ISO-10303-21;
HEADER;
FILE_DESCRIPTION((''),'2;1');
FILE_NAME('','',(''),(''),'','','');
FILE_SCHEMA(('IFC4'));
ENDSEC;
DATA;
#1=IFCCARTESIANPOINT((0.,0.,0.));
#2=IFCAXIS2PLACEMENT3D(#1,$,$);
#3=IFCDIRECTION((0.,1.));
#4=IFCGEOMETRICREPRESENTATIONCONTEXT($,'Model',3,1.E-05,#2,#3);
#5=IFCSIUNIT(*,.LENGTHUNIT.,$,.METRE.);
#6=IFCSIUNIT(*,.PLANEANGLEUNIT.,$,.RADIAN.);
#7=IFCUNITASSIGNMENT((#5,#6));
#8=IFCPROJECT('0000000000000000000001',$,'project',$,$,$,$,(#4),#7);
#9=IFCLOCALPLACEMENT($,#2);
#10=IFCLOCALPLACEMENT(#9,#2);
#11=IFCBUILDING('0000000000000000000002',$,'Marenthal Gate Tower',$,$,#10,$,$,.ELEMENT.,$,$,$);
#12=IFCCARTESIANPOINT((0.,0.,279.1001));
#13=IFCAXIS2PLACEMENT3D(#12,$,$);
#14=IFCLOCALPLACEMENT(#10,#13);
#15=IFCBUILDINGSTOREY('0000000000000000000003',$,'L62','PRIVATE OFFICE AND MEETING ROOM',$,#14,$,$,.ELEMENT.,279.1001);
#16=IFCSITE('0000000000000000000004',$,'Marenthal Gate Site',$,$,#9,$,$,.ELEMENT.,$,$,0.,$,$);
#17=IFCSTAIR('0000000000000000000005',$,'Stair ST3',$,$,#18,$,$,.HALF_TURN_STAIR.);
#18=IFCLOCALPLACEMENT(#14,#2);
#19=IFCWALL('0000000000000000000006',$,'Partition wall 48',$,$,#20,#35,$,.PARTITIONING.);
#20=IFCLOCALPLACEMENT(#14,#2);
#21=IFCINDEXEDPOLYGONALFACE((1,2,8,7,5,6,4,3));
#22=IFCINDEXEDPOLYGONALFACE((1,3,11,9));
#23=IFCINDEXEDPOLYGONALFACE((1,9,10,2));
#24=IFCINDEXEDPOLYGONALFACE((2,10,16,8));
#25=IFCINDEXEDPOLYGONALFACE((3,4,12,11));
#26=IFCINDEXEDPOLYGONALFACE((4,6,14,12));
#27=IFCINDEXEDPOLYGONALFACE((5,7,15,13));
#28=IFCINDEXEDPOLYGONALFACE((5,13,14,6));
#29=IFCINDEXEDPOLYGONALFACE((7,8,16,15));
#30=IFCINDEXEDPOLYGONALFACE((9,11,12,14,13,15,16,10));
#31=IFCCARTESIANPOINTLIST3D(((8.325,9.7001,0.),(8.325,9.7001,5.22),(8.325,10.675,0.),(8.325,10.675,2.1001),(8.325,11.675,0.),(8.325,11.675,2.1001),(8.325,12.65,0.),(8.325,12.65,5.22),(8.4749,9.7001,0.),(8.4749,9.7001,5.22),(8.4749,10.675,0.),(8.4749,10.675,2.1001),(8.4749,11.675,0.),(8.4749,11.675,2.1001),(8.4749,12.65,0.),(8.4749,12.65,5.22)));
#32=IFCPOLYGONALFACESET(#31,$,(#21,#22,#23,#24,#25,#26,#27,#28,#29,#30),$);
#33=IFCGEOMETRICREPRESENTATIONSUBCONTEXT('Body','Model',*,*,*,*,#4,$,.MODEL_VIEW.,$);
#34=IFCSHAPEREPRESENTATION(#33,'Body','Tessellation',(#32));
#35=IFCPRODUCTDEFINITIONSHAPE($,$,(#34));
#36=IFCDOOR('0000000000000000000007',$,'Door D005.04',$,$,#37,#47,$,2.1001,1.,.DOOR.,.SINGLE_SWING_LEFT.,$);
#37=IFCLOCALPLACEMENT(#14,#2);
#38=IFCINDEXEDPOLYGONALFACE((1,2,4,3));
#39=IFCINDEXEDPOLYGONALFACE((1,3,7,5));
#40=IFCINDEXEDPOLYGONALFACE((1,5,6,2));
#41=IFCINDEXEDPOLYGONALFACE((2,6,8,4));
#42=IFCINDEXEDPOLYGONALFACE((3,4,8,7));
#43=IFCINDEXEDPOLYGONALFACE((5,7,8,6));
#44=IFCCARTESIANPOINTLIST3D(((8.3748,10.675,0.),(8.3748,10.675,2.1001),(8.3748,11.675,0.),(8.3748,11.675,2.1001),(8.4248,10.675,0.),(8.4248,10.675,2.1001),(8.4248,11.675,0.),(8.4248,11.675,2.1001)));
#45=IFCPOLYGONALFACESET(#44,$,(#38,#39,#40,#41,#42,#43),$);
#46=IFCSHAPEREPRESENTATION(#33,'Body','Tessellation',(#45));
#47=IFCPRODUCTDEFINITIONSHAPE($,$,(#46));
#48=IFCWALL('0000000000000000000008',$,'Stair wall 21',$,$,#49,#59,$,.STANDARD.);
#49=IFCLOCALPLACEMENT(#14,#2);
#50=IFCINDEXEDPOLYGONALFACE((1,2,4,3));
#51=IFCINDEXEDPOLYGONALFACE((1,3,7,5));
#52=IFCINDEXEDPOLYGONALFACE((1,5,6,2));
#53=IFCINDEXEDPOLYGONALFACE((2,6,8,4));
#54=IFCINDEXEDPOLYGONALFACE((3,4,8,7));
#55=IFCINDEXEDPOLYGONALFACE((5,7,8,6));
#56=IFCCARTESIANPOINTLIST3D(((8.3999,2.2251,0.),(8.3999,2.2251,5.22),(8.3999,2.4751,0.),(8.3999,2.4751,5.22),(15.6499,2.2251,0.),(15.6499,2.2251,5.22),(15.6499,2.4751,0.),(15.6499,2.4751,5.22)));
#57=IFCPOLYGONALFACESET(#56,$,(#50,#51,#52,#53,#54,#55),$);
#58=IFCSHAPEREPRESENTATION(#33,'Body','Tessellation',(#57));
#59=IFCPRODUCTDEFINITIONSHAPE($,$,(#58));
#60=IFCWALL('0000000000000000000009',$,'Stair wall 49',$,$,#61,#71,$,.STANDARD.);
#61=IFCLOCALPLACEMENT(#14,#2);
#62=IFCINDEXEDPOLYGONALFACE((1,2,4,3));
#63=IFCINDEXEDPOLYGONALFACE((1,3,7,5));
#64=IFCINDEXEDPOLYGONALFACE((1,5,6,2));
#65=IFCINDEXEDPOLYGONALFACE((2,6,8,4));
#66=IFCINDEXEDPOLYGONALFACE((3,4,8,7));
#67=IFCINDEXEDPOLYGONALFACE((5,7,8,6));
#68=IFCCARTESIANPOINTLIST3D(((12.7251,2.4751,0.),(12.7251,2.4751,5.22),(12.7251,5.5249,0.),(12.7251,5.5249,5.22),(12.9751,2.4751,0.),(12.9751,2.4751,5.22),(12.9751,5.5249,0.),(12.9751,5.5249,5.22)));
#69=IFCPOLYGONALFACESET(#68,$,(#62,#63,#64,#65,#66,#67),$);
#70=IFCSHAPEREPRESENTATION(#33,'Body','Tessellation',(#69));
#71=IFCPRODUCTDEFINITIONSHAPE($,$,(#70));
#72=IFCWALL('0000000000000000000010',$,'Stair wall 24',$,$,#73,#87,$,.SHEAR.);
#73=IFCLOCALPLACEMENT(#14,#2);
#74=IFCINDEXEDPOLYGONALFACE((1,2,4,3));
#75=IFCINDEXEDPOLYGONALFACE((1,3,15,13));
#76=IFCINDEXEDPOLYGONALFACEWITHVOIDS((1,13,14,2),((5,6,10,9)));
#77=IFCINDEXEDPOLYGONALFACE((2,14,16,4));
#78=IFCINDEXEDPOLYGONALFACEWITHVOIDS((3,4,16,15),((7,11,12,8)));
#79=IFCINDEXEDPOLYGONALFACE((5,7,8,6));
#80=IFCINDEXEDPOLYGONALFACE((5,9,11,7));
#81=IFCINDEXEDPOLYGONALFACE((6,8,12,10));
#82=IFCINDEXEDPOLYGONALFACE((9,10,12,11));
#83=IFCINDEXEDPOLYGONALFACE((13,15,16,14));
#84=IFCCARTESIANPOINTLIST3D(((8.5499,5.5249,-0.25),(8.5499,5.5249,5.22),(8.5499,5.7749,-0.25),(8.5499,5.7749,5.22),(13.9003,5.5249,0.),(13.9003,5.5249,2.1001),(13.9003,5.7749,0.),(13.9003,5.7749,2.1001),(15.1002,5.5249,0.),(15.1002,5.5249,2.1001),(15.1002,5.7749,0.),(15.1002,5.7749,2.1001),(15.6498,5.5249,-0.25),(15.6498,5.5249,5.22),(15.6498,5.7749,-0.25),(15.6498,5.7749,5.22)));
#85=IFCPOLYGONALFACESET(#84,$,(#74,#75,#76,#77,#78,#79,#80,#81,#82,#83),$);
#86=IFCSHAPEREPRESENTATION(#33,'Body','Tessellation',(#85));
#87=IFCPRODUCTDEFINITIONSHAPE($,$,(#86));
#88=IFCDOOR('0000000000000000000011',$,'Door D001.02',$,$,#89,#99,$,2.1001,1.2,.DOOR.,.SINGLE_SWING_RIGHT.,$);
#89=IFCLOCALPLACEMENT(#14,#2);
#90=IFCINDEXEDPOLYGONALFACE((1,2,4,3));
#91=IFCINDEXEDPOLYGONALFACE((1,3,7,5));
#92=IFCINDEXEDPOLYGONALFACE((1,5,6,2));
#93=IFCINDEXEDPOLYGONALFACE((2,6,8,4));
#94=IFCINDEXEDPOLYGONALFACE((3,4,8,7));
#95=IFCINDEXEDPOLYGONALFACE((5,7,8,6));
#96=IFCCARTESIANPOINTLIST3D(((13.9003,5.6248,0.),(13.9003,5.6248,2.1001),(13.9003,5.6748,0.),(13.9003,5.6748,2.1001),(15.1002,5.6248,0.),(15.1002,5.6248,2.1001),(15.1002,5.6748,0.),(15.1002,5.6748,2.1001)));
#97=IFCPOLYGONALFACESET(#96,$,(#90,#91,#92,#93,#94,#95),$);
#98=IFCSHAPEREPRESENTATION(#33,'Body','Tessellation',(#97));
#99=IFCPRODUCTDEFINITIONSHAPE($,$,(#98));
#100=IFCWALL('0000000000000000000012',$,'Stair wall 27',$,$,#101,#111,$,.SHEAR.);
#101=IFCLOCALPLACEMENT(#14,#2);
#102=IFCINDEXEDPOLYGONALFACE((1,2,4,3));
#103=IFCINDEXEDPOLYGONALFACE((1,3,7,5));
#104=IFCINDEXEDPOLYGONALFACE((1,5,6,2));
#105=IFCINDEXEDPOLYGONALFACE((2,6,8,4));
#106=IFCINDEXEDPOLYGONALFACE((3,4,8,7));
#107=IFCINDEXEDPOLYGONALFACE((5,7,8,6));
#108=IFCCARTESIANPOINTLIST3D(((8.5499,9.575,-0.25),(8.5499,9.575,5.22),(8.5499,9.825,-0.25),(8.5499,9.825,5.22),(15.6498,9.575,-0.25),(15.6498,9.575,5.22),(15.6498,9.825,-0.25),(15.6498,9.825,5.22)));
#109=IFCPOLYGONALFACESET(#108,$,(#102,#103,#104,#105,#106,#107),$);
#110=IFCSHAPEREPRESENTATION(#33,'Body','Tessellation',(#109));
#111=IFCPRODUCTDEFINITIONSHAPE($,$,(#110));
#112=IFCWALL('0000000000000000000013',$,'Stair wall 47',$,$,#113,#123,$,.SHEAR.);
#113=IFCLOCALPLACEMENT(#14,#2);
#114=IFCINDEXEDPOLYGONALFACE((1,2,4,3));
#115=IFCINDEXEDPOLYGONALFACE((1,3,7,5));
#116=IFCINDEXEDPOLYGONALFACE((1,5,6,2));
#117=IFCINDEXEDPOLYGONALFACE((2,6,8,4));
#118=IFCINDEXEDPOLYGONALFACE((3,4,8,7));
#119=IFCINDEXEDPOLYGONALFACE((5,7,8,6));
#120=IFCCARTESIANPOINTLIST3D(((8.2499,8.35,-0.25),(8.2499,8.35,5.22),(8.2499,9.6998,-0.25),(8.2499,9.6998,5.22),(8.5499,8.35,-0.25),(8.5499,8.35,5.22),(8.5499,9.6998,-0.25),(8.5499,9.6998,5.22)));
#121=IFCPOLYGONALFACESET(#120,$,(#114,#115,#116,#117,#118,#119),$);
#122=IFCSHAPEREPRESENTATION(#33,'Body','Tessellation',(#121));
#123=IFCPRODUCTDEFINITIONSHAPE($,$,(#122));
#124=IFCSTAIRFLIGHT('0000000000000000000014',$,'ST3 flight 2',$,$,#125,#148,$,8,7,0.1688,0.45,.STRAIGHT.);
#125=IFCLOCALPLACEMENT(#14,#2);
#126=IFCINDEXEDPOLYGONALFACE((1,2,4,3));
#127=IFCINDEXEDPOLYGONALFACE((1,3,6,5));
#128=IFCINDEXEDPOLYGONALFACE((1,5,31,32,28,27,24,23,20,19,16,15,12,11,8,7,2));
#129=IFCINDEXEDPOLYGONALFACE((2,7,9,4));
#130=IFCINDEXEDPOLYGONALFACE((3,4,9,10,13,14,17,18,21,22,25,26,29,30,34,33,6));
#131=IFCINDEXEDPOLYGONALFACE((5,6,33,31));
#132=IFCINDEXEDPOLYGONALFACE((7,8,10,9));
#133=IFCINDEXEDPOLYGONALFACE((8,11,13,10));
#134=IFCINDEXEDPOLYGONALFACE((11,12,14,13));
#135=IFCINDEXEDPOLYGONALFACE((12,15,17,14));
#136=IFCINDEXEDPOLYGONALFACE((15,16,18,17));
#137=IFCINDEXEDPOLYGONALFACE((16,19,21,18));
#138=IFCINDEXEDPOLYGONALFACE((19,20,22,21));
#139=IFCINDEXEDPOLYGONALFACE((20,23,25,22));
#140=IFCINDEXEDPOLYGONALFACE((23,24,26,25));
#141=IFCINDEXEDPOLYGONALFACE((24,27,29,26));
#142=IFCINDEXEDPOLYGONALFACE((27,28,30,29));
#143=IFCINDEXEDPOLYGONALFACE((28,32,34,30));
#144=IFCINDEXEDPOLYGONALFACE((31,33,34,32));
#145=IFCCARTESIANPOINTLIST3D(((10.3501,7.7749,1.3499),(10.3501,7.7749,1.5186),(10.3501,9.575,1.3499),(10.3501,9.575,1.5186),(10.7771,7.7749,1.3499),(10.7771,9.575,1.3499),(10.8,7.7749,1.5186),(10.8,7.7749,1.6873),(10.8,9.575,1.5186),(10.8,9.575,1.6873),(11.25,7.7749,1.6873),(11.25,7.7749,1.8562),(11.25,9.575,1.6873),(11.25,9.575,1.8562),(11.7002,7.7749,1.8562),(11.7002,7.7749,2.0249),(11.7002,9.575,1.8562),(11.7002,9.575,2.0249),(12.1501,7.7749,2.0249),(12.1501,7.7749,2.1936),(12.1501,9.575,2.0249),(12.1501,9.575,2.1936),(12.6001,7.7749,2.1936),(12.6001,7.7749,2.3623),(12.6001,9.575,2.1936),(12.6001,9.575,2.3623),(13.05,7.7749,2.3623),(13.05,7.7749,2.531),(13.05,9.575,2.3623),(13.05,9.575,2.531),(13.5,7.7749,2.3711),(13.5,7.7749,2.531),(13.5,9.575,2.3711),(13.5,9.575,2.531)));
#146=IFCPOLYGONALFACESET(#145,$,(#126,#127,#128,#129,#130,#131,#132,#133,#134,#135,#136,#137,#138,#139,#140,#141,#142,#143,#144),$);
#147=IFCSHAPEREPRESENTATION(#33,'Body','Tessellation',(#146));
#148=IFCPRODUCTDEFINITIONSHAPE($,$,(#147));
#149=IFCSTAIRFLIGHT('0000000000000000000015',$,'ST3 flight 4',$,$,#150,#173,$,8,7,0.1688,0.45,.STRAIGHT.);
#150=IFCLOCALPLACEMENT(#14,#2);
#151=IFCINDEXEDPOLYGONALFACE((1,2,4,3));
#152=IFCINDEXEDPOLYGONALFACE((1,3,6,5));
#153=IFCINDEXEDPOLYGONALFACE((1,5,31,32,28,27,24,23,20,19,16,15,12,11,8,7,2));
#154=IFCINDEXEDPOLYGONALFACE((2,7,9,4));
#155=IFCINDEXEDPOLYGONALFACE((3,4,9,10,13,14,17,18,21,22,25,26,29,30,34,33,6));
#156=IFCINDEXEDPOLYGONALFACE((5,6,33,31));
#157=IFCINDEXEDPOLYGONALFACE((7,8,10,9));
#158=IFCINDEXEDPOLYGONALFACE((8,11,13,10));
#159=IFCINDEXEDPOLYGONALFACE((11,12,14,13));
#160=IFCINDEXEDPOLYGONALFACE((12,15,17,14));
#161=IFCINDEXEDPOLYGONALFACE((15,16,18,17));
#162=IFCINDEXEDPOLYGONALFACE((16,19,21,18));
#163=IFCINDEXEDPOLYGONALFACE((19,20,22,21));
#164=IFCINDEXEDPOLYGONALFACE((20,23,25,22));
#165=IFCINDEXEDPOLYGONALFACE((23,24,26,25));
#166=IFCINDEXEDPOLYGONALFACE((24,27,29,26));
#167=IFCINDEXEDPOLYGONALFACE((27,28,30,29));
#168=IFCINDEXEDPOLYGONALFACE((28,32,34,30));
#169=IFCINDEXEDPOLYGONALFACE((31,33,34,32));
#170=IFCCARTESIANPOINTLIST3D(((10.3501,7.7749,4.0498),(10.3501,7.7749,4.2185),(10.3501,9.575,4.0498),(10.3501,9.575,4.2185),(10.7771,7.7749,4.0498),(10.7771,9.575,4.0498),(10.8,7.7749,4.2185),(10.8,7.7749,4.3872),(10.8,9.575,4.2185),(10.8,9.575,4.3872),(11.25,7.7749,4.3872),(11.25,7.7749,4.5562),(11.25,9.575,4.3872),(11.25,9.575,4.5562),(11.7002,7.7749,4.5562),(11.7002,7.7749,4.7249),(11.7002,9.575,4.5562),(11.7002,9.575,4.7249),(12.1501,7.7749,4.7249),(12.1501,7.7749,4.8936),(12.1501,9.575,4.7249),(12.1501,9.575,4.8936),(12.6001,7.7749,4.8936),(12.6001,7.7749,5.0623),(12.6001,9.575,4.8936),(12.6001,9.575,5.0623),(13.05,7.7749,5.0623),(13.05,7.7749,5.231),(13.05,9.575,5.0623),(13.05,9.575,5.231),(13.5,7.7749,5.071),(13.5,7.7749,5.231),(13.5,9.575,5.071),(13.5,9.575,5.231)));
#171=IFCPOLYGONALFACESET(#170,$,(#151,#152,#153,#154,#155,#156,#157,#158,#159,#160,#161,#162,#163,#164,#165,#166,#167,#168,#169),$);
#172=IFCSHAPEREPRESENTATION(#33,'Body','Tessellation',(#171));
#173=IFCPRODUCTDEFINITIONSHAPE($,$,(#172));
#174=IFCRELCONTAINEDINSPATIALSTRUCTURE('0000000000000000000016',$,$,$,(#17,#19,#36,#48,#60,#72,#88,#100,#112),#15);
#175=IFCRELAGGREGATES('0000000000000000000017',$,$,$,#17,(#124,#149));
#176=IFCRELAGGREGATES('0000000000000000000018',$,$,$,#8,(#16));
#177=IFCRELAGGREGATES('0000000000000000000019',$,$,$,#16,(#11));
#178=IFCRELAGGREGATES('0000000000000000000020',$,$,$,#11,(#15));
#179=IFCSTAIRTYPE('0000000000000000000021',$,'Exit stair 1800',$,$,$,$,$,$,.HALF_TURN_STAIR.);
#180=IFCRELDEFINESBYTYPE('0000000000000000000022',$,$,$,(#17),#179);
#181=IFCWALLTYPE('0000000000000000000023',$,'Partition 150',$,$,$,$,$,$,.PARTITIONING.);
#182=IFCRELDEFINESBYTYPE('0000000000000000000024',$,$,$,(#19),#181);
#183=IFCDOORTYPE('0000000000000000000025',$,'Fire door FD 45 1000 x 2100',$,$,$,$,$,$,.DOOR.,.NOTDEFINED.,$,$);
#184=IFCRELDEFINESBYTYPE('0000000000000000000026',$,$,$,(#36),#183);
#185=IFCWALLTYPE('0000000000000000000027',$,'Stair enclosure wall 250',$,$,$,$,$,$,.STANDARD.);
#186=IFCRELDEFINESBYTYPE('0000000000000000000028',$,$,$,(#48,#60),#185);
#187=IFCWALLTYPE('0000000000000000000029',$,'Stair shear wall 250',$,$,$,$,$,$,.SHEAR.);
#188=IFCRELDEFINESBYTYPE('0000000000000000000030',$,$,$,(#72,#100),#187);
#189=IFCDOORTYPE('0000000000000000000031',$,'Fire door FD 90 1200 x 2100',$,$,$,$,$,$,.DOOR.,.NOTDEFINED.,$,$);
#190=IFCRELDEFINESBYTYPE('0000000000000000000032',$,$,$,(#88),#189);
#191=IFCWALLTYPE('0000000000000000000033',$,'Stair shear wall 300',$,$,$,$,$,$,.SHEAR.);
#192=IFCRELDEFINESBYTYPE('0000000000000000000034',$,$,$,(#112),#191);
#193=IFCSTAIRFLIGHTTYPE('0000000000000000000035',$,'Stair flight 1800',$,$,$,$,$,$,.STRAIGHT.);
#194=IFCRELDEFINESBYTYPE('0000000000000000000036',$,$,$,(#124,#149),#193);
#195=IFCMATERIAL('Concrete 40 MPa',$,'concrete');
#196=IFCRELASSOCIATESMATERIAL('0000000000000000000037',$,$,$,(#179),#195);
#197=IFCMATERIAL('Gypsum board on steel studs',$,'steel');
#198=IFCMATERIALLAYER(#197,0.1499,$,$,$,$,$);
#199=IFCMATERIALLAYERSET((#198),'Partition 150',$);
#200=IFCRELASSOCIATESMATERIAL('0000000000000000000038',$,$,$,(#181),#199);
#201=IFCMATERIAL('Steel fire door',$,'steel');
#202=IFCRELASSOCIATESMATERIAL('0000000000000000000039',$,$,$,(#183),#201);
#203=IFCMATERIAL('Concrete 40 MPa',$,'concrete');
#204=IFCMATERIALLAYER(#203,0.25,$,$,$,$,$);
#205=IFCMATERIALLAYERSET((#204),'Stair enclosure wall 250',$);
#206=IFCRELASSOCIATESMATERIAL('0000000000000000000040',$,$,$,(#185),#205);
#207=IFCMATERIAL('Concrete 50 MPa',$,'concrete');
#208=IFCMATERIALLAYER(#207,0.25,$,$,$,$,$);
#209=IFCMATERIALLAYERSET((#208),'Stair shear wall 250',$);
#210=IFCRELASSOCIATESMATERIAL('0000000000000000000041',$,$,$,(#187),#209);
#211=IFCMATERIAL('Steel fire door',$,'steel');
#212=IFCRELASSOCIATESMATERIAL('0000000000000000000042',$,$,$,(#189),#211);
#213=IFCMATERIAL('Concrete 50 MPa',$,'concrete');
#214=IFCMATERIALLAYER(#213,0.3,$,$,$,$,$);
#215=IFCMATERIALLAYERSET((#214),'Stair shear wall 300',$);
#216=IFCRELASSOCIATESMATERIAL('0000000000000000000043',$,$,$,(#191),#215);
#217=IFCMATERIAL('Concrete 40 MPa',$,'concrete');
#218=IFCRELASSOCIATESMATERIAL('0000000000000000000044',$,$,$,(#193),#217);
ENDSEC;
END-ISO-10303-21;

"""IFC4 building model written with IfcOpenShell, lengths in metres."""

from ifc_helpers import new_model, si_unit, direction, frame, frame_2d, origin, place, context, subcontext, project, spatial, polyline, rectangle, outline, extrude, material, layer, layer_set, type_object, element, fill, aggregate, save


model = new_model("IFC4")

# Units and contexts
model_context = context("Model", 3, precision=1e-05, world=origin(), true_north=direction((0.0, 1.0)))
body_context = subcontext(model_context, "Body", "Model", "MODEL_VIEW")
ifc_project = project(units=[si_unit("LENGTHUNIT", "METRE"), si_unit("PLANEANGLEUNIT", "RADIAN")], contexts=[model_context])

# Site, building, storey
site_placement = place(None, origin())
site = spatial("IfcSite", under=ifc_project, at=site_placement, Name="Marenthal Gate Site", CompositionType="ELEMENT", RefElevation=0.0)
building_placement = place(site_placement, origin())
building = spatial("IfcBuilding", under=site, at=building_placement, Name="Marenthal Gate Tower", CompositionType="ELEMENT")
storey_placement = place(building_placement, frame((0.0, 0.0, 279.1001)))
storey = spatial("IfcBuildingStorey", under=building, at=storey_placement, Name="L62", Description="PRIVATE OFFICE AND MEETING ROOM", CompositionType="ELEMENT", Elevation=279.1001)

# Shared definitions
ifc_material_1 = material(Name="Concrete 40 MPa", Category="concrete")
stair_type = type_object("IfcStairType", Name="Exit stair 1800", PredefinedType="HALF_TURN_STAIR", material=ifc_material_1)

# Stair
stair_1_placement = place(storey_placement, origin())
stair_1 = element("IfcStair", 1, at=stair_1_placement, inside=storey, type_object=stair_type, Name="Stair ST3", PredefinedType="HALF_TURN_STAIR")

# Wall, opening, door
ifc_material_2 = material(Name="Gypsum board on steel studs", Category="steel")
ifc_layer_1 = layer(ifc_material_2, 0.1499)
ifc_layer_set_1 = layer_set([ifc_layer_1], Name="Partition 150")
wall_type_1 = type_object("IfcWallType", Name="Partition 150", PredefinedType="PARTITIONING", material=ifc_layer_set_1)
wall_1_placement = place(storey_placement, frame((8.3999, 9.7, 0.0), z_axis=(0.0, 0.0, 1.0), x_axis=(0.0, 1.0, 0.0)))
wall_1 = element("IfcWall", 2, at=wall_1_placement, inside=storey, type_object=wall_type_1, Name="Partition wall 48", PredefinedType="PARTITIONING", context=body_context, shape_type="SweptSolid", body=[
    extrude(rectangle(XDim=2.95, YDim=0.1499, at=frame_2d((1.4751, 0.0))), origin(), (0.0, 0.0, 1.0), 5.22),
])
opening_1_placement = place(wall_1_placement, frame((0.9751, 0.0, 0.0)))
opening_1 = element("IfcOpeningElement", 3, at=opening_1_placement, cuts=wall_1, PredefinedType="OPENING", context=body_context, shape_type="SweptSolid", body=[
    extrude(rectangle(XDim=1.0, YDim=2.1001, at=frame_2d((0.5, 1.05))), frame((0.0, 0.085, 0.0), z_axis=(0.0, -1.0, 0.0), x_axis=(1.0, 0.0, 0.0)), (0.0, 0.0, 1.0), 0.1699),
])
ifc_material_3 = material(Name="Steel fire door", Category="steel")
door_type_1 = type_object("IfcDoorType", Name="Fire door FD 45 1000 x 2100", OperationType="NOTDEFINED", PredefinedType="DOOR", material=ifc_material_3)
door_1_placement = place(opening_1_placement, frame((1.0, 0.0, 0.0), z_axis=(0.0, 0.0, 1.0), x_axis=(-1.0, 0.0, 0.0)))
door_1 = element("IfcDoor", 4, at=door_1_placement, inside=storey, type_object=door_type_1, Name="Door D005.04", OperationType="SINGLE_SWING_LEFT", OverallHeight=2.1001, OverallWidth=1.0, PredefinedType="DOOR", context=body_context, shape_type="SweptSolid", body=[
    extrude(rectangle(XDim=1.0, YDim=2.1001, at=frame_2d((0.5, 1.05))), frame((0.0, 0.0249, 0.0), z_axis=(0.0, -1.0, 0.0), x_axis=(1.0, 0.0, 0.0)), (0.0, 0.0, 1.0), 0.05),
])
fill(opening_1, door_1)

# Walls
ifc_material_4 = material(Name="Concrete 40 MPa", Category="concrete")
ifc_layer_2 = layer(ifc_material_4, 0.25)
ifc_layer_set_2 = layer_set([ifc_layer_2], Name="Stair enclosure wall 250")
wall_type_2 = type_object("IfcWallType", Name="Stair enclosure wall 250", PredefinedType="STANDARD", material=ifc_layer_set_2)
wall_2_placement = place(storey_placement, frame((8.3999, 2.3501, 0.0), z_axis=(0.0, 0.0, 1.0), x_axis=(1.0, 0.0, 0.0)))
element("IfcWall", 5, at=wall_2_placement, inside=storey, type_object=wall_type_2, Name="Stair wall 21", PredefinedType="STANDARD", context=body_context, shape_type="SweptSolid", body=[
    extrude(rectangle(XDim=7.25, YDim=0.25, at=frame_2d((3.625, 0.0))), origin(), (0.0, 0.0, 1.0), 5.22),
])
wall_3_placement = place(storey_placement, frame((12.8501, 2.4751, 0.0), z_axis=(0.0, 0.0, 1.0), x_axis=(0.0, 1.0, 0.0)))
element("IfcWall", 6, at=wall_3_placement, inside=storey, type_object=wall_type_2, Name="Stair wall 49", PredefinedType="STANDARD", context=body_context, shape_type="SweptSolid", body=[
    extrude(rectangle(XDim=3.0498, YDim=0.25, at=frame_2d((1.5249, 0.0))), origin(), (0.0, 0.0, 1.0), 5.22),
])

# Wall, opening, door
ifc_material_5 = material(Name="Concrete 50 MPa", Category="concrete")
ifc_layer_3 = layer(ifc_material_5, 0.25)
ifc_layer_set_3 = layer_set([ifc_layer_3], Name="Stair shear wall 250")
wall_type_3 = type_object("IfcWallType", Name="Stair shear wall 250", PredefinedType="SHEAR", material=ifc_layer_set_3)
wall_4_placement = place(storey_placement, frame((8.55, 5.6499, -0.25), z_axis=(0.0, 0.0, 1.0), x_axis=(1.0, 0.0, 0.0)))
wall_4 = element("IfcWall", 7, at=wall_4_placement, inside=storey, type_object=wall_type_3, Name="Stair wall 24", PredefinedType="SHEAR", context=body_context, shape_type="SweptSolid", body=[
    extrude(rectangle(XDim=7.0999, YDim=0.25, at=frame_2d((3.5498, 0.0))), origin(), (0.0, 0.0, 1.0), 5.47),
])
opening_2_placement = place(wall_4_placement, frame((5.3501, 0.0, 0.25)))
opening_2 = element("IfcOpeningElement", 8, at=opening_2_placement, cuts=wall_4, PredefinedType="OPENING", context=body_context, shape_type="SweptSolid", body=[
    extrude(rectangle(XDim=1.2, YDim=2.1001, at=frame_2d((0.6001, 1.05))), frame((0.0, 0.135, 0.0), z_axis=(0.0, -1.0, 0.0), x_axis=(1.0, 0.0, 0.0)), (0.0, 0.0, 1.0), 0.27),
])
ifc_material_6 = material(Name="Steel fire door", Category="steel")
door_type_2 = type_object("IfcDoorType", Name="Fire door FD 90 1200 x 2100", OperationType="NOTDEFINED", PredefinedType="DOOR", material=ifc_material_6)
door_2_placement = place(opening_2_placement, origin())
door_2 = element("IfcDoor", 9, at=door_2_placement, inside=storey, type_object=door_type_2, Name="Door D001.02", OperationType="SINGLE_SWING_RIGHT", OverallHeight=2.1001, OverallWidth=1.2, PredefinedType="DOOR", context=body_context, shape_type="SweptSolid", body=[
    extrude(rectangle(XDim=1.2, YDim=2.1001, at=frame_2d((0.6001, 1.05))), frame((0.0, 0.0249, 0.0), z_axis=(0.0, -1.0, 0.0), x_axis=(1.0, 0.0, 0.0)), (0.0, 0.0, 1.0), 0.05),
])
fill(opening_2, door_2)

# Walls
wall_5_placement = place(storey_placement, frame((8.55, 9.7, -0.25), z_axis=(0.0, 0.0, 1.0), x_axis=(1.0, 0.0, 0.0)))
element("IfcWall", 10, at=wall_5_placement, inside=storey, type_object=wall_type_3, Name="Stair wall 27", PredefinedType="SHEAR", context=body_context, shape_type="SweptSolid", body=[
    extrude(rectangle(XDim=7.0999, YDim=0.25, at=frame_2d((3.5498, 0.0))), origin(), (0.0, 0.0, 1.0), 5.47),
])
ifc_material_7 = material(Name="Concrete 50 MPa", Category="concrete")
ifc_layer_4 = layer(ifc_material_7, 0.3)
ifc_layer_set_4 = layer_set([ifc_layer_4], Name="Stair shear wall 300")
wall_type_4 = type_object("IfcWallType", Name="Stair shear wall 300", PredefinedType="SHEAR", material=ifc_layer_set_4)
wall_6_placement = place(storey_placement, frame((8.3999, 8.3501, -0.25), z_axis=(0.0, 0.0, 1.0), x_axis=(0.0, 1.0, 0.0)))
element("IfcWall", 11, at=wall_6_placement, inside=storey, type_object=wall_type_4, Name="Stair wall 47", PredefinedType="SHEAR", context=body_context, shape_type="SweptSolid", body=[
    extrude(rectangle(XDim=1.3499, YDim=0.3, at=frame_2d((0.6748, 0.0))), origin(), (0.0, 0.0, 1.0), 5.47),
])

# Stair flights
ifc_material_8 = material(Name="Concrete 40 MPa", Category="concrete")
stair_flight_type = type_object("IfcStairFlightType", Name="Stair flight 1800", PredefinedType="STRAIGHT", material=ifc_material_8)
stair_flight_1_placement = place(storey_placement, frame((10.3501, 8.675, 1.3499), z_axis=(0.0, 0.0, 1.0), x_axis=(1.0, 0.0, 0.0)))
stair_flight_1 = element("IfcStairFlight", 12, at=stair_flight_1_placement, type_object=stair_flight_type, Name="ST3 flight 2", NumberOfRisers=8, NumberOfTreads=7, PredefinedType="STRAIGHT", RiserHeight=0.1688, TreadLength=0.45, context=body_context, shape_type="SweptSolid", body=[
    extrude(outline(polyline([(0.0, 0.0), (0.0, 0.1687), (0.45, 0.1687), (0.45, 0.3374), (0.8999, 0.3374), (0.8999, 0.5063), (1.3501, 0.5063), (1.3501, 0.675), (1.8, 0.675), (1.8, 0.8438), (2.25, 0.8438), (2.25, 1.0125), (2.7, 1.0125), (2.7, 1.1812), (3.1499, 1.1812), (3.1499, 1.3501), (3.1499, 1.0212), (0.427, 0.0), (0.0, 0.0)])), frame((0.0, 0.8999, 0.0), z_axis=(0.0, -1.0, 0.0), x_axis=(1.0, 0.0, 0.0)), (0.0, 0.0, 1.0), 1.8),
])
stair_flight_2_placement = place(storey_placement, frame((10.3501, 8.675, 4.0498), z_axis=(0.0, 0.0, 1.0), x_axis=(1.0, 0.0, 0.0)))
stair_flight_2 = element("IfcStairFlight", 13, at=stair_flight_2_placement, type_object=stair_flight_type, Name="ST3 flight 4", NumberOfRisers=8, NumberOfTreads=7, PredefinedType="STRAIGHT", RiserHeight=0.1688, TreadLength=0.45, context=body_context, shape_type="SweptSolid", body=[
    extrude(outline(polyline([(0.0, 0.0), (0.0, 0.1687), (0.45, 0.1687), (0.45, 0.3374), (0.8999, 0.3374), (0.8999, 0.5063), (1.3501, 0.5063), (1.3501, 0.675), (1.8, 0.675), (1.8, 0.8438), (2.25, 0.8438), (2.25, 1.0125), (2.7, 1.0125), (2.7, 1.1812), (3.1499, 1.1812), (3.1499, 1.3501), (3.1499, 1.0212), (0.427, 0.0), (0.0, 0.0)])), frame((0.0, 0.8999, 0.0), z_axis=(0.0, -1.0, 0.0), x_axis=(1.0, 0.0, 0.0)), (0.0, 0.0, 1.0), 1.8),
])
aggregate(stair_1, [stair_flight_1, stair_flight_2])

save(model, "model.ifc")
